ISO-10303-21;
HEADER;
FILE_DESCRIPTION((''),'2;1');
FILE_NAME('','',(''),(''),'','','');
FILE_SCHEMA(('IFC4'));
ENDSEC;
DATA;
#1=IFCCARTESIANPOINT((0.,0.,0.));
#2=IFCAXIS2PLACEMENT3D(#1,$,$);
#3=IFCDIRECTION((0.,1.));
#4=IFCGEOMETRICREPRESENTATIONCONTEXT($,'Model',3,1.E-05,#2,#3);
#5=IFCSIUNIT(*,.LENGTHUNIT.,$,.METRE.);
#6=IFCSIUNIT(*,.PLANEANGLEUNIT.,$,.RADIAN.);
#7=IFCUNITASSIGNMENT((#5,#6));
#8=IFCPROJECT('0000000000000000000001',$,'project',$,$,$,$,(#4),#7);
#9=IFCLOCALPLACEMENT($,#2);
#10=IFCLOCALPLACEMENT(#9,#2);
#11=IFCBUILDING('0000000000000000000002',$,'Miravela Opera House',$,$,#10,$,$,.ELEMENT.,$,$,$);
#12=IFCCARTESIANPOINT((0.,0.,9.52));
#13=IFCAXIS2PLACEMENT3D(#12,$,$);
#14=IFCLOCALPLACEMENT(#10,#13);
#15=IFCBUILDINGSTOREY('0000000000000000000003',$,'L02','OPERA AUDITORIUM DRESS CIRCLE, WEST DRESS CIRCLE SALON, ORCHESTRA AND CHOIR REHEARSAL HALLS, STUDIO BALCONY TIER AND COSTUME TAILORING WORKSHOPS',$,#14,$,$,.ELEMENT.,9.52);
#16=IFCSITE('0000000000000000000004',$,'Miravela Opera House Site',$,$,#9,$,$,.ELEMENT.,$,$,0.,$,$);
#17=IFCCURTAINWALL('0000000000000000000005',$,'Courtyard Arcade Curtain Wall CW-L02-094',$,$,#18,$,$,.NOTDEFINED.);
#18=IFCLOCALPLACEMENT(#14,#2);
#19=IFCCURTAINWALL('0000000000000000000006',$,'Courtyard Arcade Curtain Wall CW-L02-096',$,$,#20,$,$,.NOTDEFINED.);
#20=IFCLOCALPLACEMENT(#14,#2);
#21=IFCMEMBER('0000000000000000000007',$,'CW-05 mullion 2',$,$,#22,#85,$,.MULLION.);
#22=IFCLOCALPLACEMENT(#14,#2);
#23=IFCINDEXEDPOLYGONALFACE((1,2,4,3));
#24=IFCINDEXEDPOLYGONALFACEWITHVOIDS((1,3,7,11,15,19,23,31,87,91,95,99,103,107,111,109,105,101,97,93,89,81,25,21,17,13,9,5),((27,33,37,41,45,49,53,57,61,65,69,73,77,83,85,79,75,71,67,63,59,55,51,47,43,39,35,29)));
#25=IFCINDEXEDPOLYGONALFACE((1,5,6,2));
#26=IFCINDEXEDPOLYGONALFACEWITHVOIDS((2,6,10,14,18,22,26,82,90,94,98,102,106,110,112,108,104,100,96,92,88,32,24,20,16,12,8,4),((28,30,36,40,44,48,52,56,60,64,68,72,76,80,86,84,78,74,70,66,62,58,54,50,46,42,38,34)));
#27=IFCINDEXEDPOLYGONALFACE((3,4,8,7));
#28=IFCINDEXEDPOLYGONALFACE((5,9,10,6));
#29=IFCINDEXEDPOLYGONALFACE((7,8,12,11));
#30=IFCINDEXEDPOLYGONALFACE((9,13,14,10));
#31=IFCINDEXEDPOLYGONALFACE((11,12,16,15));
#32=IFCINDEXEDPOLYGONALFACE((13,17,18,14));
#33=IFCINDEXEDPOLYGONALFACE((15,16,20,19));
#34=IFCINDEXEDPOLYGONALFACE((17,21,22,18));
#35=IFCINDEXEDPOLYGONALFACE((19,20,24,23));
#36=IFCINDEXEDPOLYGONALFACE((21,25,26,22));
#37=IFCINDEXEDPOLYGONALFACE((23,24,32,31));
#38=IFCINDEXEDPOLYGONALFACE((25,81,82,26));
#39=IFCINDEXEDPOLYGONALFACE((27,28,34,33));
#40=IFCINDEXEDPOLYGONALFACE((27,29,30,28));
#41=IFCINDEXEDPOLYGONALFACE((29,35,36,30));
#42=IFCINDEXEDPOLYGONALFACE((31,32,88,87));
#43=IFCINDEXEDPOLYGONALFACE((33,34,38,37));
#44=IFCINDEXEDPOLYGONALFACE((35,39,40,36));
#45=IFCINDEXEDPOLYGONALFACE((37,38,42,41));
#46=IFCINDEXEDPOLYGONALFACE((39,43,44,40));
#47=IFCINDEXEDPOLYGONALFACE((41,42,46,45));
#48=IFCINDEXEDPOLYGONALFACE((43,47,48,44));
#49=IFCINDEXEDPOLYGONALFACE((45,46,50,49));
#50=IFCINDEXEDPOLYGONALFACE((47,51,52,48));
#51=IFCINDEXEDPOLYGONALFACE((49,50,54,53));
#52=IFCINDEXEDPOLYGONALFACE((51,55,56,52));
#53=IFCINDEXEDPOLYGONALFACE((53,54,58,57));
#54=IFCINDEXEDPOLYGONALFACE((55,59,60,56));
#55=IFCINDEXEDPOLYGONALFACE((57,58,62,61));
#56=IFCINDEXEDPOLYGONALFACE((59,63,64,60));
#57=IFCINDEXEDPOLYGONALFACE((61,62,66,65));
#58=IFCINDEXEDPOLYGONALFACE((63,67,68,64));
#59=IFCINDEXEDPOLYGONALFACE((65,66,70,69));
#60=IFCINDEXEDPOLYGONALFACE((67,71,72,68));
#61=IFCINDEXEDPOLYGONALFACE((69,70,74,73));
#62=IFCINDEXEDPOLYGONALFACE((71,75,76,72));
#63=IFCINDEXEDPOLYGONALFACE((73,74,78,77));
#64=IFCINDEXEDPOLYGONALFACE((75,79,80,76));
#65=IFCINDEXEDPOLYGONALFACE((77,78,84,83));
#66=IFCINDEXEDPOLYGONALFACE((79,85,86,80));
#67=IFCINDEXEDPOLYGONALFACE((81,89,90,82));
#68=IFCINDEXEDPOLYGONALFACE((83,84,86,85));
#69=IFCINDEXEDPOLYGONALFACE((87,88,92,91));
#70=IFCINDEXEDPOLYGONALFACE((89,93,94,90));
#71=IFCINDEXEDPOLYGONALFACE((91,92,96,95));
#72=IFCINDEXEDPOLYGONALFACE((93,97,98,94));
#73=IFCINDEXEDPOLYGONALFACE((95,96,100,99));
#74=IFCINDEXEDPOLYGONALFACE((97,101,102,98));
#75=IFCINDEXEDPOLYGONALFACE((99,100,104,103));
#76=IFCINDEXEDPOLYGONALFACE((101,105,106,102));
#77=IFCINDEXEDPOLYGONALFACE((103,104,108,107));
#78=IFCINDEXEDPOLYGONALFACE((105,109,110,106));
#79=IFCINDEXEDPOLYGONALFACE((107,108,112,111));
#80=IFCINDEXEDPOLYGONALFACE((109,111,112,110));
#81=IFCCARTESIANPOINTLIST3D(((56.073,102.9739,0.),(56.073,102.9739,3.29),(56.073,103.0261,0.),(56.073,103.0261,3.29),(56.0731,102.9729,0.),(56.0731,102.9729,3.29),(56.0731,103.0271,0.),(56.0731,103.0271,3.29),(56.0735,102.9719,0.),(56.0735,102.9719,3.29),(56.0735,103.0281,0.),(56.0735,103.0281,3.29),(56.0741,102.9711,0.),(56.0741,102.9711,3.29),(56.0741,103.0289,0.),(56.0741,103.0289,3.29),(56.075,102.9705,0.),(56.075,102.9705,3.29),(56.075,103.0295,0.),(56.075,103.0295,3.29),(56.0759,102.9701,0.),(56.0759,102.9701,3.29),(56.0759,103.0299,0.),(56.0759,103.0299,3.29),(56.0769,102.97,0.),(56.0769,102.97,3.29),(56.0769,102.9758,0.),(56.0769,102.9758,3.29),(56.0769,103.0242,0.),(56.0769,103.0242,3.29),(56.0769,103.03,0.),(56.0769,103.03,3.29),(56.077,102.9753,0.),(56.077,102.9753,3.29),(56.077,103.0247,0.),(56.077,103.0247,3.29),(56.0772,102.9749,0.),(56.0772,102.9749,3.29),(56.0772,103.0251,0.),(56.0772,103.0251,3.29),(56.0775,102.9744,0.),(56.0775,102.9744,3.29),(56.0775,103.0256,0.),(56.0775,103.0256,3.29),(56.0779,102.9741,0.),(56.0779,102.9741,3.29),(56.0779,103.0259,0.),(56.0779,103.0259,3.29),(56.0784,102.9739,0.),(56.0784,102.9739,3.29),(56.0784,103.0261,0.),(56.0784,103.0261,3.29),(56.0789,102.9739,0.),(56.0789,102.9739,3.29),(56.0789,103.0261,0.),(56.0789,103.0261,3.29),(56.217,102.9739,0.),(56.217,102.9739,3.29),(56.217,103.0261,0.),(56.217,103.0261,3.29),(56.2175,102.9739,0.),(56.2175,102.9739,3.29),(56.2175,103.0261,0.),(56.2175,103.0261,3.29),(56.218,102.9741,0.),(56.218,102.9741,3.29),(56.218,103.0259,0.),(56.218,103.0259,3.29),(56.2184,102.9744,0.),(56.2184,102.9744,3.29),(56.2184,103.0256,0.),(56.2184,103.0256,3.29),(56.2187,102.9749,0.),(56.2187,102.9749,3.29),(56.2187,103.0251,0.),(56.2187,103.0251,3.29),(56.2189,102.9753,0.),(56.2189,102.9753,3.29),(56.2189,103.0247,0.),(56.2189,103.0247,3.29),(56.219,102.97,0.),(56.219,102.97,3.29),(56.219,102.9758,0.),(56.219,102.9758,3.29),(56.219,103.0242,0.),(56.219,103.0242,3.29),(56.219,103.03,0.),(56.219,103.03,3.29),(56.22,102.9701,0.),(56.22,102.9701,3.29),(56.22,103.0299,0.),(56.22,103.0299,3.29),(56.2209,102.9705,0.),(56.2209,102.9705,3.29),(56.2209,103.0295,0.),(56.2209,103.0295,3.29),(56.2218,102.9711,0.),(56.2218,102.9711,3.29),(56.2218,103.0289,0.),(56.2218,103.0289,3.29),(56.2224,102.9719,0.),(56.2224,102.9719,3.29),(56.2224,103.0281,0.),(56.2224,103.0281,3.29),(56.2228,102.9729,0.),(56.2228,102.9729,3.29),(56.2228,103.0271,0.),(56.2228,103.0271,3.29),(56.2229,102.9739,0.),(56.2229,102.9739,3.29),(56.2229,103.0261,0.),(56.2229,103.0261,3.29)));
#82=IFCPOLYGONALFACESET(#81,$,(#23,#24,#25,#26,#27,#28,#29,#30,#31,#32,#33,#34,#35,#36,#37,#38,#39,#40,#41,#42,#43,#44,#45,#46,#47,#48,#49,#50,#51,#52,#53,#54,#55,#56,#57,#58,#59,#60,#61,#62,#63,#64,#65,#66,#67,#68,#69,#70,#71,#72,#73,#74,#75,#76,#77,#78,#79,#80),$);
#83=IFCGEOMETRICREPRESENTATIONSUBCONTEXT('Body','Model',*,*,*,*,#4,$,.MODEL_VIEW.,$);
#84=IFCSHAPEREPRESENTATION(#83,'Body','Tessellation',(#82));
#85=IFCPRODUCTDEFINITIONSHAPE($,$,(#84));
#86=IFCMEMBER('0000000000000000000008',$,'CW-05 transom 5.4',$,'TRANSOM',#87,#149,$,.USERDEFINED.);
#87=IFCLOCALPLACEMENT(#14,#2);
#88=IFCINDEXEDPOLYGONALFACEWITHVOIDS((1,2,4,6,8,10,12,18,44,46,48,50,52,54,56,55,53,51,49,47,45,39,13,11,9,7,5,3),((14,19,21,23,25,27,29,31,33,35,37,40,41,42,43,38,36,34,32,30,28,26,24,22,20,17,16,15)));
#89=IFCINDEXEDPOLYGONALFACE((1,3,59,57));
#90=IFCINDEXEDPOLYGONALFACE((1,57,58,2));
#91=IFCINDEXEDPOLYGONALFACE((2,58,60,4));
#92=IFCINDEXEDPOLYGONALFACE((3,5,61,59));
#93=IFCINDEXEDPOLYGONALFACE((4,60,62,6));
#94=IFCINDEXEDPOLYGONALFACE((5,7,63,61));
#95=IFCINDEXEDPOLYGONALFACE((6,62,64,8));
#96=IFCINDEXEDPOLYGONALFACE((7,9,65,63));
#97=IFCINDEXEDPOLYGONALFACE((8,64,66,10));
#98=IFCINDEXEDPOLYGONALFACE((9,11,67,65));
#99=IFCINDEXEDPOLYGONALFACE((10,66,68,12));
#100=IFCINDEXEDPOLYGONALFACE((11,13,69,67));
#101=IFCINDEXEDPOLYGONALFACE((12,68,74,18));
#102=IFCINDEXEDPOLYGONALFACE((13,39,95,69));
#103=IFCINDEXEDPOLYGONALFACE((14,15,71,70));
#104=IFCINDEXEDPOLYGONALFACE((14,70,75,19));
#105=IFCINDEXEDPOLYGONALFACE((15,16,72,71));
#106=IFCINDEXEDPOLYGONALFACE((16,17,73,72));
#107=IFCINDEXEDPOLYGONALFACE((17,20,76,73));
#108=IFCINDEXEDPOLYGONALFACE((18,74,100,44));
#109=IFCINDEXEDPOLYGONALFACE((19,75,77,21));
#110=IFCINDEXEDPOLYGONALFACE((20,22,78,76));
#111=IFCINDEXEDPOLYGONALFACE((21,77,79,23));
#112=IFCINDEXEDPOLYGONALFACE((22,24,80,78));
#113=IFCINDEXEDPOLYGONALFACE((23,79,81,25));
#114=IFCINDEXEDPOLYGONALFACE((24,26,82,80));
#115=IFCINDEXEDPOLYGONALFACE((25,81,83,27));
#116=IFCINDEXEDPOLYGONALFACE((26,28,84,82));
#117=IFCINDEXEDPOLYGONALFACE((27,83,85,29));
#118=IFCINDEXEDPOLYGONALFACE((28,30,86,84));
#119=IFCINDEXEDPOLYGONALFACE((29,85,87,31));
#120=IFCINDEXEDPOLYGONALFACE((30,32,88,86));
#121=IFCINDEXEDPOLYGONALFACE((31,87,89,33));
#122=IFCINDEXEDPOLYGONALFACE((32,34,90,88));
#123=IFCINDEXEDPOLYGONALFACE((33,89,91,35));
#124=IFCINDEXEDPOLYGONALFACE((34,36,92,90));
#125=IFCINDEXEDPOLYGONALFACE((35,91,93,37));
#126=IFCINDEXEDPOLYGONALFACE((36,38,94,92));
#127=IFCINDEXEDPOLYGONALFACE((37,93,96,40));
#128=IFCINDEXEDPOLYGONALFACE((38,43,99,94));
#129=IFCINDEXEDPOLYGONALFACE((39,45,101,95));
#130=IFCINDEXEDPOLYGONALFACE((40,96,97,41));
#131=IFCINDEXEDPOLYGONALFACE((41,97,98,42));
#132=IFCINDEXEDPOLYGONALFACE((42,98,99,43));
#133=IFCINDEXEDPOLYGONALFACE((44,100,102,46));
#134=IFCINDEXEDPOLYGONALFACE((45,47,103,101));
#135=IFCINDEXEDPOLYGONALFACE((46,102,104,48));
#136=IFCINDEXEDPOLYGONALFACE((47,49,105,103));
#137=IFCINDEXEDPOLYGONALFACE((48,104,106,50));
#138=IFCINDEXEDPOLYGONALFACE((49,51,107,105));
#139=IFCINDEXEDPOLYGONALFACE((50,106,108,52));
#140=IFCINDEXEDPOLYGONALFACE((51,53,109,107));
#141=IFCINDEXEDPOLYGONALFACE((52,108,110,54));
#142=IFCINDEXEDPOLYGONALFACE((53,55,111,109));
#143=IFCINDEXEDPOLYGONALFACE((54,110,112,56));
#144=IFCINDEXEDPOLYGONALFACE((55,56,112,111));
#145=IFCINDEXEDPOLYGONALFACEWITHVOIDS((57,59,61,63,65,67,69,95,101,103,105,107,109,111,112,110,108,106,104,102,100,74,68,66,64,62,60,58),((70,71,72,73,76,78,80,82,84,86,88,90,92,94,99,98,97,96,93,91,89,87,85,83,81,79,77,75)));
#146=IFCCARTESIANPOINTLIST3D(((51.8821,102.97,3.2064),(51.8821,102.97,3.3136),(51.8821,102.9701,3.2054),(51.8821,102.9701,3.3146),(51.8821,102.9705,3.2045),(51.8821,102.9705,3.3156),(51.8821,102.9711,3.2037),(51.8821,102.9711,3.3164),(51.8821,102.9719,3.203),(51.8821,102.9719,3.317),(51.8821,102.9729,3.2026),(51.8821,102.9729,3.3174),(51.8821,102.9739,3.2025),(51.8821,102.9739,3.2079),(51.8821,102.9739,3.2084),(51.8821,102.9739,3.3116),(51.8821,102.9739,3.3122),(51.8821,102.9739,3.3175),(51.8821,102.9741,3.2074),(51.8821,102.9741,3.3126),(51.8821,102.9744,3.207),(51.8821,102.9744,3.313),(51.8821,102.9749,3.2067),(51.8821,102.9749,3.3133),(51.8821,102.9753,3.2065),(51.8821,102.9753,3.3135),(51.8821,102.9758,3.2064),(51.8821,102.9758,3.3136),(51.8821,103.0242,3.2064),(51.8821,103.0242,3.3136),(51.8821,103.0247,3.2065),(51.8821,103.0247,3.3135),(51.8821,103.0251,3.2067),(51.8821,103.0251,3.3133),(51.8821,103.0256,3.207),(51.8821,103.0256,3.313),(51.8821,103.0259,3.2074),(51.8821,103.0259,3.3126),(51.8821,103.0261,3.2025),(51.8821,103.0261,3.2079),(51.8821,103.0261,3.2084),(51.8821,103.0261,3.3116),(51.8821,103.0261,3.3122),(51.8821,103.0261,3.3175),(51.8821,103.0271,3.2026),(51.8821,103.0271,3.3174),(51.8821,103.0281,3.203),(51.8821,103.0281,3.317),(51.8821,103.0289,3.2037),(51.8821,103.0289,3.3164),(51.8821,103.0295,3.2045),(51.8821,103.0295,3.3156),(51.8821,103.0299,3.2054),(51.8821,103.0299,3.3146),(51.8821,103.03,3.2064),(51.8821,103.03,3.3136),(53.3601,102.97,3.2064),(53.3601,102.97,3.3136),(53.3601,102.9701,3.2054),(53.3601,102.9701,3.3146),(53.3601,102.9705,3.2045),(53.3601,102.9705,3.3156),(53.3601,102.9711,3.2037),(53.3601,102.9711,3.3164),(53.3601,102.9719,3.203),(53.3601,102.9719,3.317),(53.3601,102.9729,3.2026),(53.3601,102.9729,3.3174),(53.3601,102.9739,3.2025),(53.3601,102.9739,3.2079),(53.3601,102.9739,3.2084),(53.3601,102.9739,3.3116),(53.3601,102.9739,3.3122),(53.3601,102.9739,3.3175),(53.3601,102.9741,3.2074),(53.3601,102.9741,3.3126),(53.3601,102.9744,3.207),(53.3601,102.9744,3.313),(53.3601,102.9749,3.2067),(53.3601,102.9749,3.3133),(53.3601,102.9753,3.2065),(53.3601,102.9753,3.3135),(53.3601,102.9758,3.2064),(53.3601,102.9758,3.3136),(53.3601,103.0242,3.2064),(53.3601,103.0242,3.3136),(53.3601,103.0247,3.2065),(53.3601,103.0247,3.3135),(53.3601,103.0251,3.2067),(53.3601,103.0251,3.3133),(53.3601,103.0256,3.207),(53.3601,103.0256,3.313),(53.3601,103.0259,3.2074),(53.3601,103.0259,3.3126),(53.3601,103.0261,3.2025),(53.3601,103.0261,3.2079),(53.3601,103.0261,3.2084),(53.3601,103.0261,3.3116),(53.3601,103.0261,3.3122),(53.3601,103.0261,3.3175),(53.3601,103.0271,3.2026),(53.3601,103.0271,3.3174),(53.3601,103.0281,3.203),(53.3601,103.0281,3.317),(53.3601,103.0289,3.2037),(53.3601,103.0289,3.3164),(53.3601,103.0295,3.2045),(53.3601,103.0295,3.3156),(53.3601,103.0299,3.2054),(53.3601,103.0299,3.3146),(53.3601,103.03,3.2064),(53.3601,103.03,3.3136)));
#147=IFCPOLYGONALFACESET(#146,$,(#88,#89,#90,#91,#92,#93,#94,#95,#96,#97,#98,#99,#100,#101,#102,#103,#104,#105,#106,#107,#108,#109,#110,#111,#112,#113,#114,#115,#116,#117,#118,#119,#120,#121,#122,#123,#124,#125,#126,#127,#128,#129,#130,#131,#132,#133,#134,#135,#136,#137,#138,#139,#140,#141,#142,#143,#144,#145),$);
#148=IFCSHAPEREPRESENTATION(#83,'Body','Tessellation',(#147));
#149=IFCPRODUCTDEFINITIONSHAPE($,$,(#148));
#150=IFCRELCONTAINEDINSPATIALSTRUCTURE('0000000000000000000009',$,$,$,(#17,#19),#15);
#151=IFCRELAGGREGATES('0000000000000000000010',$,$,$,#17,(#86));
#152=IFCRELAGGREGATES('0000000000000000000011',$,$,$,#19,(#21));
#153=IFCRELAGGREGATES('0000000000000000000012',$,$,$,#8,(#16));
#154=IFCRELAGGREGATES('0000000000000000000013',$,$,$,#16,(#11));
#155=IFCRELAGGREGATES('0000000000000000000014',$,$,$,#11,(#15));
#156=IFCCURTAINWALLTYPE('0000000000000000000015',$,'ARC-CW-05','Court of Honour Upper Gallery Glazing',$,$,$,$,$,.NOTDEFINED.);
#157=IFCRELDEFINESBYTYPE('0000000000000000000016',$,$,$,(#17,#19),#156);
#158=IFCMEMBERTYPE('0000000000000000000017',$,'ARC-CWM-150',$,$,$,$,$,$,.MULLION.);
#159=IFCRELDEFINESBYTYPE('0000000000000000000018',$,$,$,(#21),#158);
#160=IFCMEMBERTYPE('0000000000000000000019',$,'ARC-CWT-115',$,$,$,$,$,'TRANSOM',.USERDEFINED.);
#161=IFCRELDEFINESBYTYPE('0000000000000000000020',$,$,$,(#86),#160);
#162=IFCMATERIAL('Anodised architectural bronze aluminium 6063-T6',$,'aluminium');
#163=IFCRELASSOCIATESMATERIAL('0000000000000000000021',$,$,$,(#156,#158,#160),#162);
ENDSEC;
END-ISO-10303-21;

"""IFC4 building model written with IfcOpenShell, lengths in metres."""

from ifc_helpers import new_model, si_unit, direction, frame, origin, origin_2d, place, context, subcontext, project, spatial, hollow_rectangle, extrude, material, material_profile, profile_set, type_object, element, aggregate, save


model = new_model("IFC4")

# Units and contexts
model_context = context("Model", 3, precision=1e-05, world=origin(), true_north=direction((0.0, 1.0)))
body_context = subcontext(model_context, "Body", "Model", "MODEL_VIEW")
ifc_project = project(units=[si_unit("LENGTHUNIT", "METRE"), si_unit("PLANEANGLEUNIT", "RADIAN")], contexts=[model_context])

# Site, building, storey
site_placement = place(None, origin())
site = spatial("IfcSite", under=ifc_project, at=site_placement, Name="Miravela Opera House Site", CompositionType="ELEMENT", RefElevation=0.0)
building_placement = place(site_placement, origin())
building = spatial("IfcBuilding", under=site, at=building_placement, Name="Miravela Opera House", CompositionType="ELEMENT")
storey_placement = place(building_placement, frame((0.0, 0.0, 9.52)))
storey = spatial("IfcBuildingStorey", under=building, at=storey_placement, Name="L02", Description="OPERA AUDITORIUM DRESS CIRCLE, WEST DRESS CIRCLE SALON, ORCHESTRA AND CHOIR REHEARSAL HALLS, STUDIO BALCONY TIER AND COSTUME TAILORING WORKSHOPS", CompositionType="ELEMENT", Elevation=9.52)

# Curtain wall
ifc_material_1 = material(Name="Anodised architectural bronze aluminium 6063-T6", Category="aluminium")
curtain_wall_type = type_object("IfcCurtainWallType", Name="ARC-CW-05", Description="Court of Honour Upper Gallery Glazing", PredefinedType="NOTDEFINED", material=ifc_material_1)
curtain_wall_1_placement = place(storey_placement, origin())
curtain_wall_1 = element("IfcCurtainWall", 1, at=curtain_wall_1_placement, inside=storey, type_object=curtain_wall_type, Name="Courtyard Arcade Curtain Wall CW-L02-094", PredefinedType="NOTDEFINED")
ifc_material_profile_1 = material_profile(ifc_material_1, hollow_rectangle(XDim=0.0601, YDim=0.1499, WallThickness=0.0039, InnerFilletRadius=0.002, OuterFilletRadius=0.0039, at=origin_2d()), Name="CWM-60X150")
ifc_profile_set_1 = profile_set([ifc_material_profile_1])
member_type_1 = type_object("IfcMemberType", Name="ARC-CWM-150", PredefinedType="MULLION", material=ifc_profile_set_1)

# Curtain wall, member
curtain_wall_2_placement = place(storey_placement, origin())
curtain_wall_2 = element("IfcCurtainWall", 2, at=curtain_wall_2_placement, inside=storey, type_object=curtain_wall_type, Name="Courtyard Arcade Curtain Wall CW-L02-096", PredefinedType="NOTDEFINED")
member_1_placement = place(storey_placement, frame((56.1479, 103.0, 0.0), z_axis=(0.0, 0.0, 1.0), x_axis=(0.0, 1.0, 0.0)))
member_1 = element("IfcMember", 3, at=member_1_placement, type_object=member_type_1, Name="CW-05 mullion 2", PredefinedType="MULLION", context=body_context, shape_type="SweptSolid", body=[
    extrude(hollow_rectangle(XDim=0.0601, YDim=0.1499, WallThickness=0.0039, InnerFilletRadius=0.002, OuterFilletRadius=0.0039, at=origin_2d()), origin(), (0.0, 0.0, 1.0), 3.29),
])

# Member
ifc_material_profile_2 = material_profile(ifc_material_1, hollow_rectangle(XDim=0.0601, YDim=0.115, WallThickness=0.0039, InnerFilletRadius=0.002, OuterFilletRadius=0.0039, at=origin_2d()), Name="CWT-60X115")
ifc_profile_set_2 = profile_set([ifc_material_profile_2])
member_type_2 = type_object("IfcMemberType", Name="ARC-CWT-115", ElementType="TRANSOM", PredefinedType="USERDEFINED", material=ifc_profile_set_2)
member_2_placement = place(storey_placement, frame((51.8821, 103.0, 3.26), z_axis=(1.0, 0.0, 0.0), x_axis=(0.0, 1.0, 0.0)))
member_2 = element("IfcMember", 4, at=member_2_placement, type_object=member_type_2, Name="CW-05 transom 5.4", ObjectType="TRANSOM", PredefinedType="USERDEFINED", context=body_context, shape_type="SweptSolid", body=[
    extrude(hollow_rectangle(XDim=0.0601, YDim=0.115, WallThickness=0.0039, InnerFilletRadius=0.002, OuterFilletRadius=0.0039, at=origin_2d()), origin(), (0.0, 0.0, 1.0), 1.478),
])

aggregate(curtain_wall_1, [member_2])
aggregate(curtain_wall_2, [member_1])

save(model, "model.ifc")
